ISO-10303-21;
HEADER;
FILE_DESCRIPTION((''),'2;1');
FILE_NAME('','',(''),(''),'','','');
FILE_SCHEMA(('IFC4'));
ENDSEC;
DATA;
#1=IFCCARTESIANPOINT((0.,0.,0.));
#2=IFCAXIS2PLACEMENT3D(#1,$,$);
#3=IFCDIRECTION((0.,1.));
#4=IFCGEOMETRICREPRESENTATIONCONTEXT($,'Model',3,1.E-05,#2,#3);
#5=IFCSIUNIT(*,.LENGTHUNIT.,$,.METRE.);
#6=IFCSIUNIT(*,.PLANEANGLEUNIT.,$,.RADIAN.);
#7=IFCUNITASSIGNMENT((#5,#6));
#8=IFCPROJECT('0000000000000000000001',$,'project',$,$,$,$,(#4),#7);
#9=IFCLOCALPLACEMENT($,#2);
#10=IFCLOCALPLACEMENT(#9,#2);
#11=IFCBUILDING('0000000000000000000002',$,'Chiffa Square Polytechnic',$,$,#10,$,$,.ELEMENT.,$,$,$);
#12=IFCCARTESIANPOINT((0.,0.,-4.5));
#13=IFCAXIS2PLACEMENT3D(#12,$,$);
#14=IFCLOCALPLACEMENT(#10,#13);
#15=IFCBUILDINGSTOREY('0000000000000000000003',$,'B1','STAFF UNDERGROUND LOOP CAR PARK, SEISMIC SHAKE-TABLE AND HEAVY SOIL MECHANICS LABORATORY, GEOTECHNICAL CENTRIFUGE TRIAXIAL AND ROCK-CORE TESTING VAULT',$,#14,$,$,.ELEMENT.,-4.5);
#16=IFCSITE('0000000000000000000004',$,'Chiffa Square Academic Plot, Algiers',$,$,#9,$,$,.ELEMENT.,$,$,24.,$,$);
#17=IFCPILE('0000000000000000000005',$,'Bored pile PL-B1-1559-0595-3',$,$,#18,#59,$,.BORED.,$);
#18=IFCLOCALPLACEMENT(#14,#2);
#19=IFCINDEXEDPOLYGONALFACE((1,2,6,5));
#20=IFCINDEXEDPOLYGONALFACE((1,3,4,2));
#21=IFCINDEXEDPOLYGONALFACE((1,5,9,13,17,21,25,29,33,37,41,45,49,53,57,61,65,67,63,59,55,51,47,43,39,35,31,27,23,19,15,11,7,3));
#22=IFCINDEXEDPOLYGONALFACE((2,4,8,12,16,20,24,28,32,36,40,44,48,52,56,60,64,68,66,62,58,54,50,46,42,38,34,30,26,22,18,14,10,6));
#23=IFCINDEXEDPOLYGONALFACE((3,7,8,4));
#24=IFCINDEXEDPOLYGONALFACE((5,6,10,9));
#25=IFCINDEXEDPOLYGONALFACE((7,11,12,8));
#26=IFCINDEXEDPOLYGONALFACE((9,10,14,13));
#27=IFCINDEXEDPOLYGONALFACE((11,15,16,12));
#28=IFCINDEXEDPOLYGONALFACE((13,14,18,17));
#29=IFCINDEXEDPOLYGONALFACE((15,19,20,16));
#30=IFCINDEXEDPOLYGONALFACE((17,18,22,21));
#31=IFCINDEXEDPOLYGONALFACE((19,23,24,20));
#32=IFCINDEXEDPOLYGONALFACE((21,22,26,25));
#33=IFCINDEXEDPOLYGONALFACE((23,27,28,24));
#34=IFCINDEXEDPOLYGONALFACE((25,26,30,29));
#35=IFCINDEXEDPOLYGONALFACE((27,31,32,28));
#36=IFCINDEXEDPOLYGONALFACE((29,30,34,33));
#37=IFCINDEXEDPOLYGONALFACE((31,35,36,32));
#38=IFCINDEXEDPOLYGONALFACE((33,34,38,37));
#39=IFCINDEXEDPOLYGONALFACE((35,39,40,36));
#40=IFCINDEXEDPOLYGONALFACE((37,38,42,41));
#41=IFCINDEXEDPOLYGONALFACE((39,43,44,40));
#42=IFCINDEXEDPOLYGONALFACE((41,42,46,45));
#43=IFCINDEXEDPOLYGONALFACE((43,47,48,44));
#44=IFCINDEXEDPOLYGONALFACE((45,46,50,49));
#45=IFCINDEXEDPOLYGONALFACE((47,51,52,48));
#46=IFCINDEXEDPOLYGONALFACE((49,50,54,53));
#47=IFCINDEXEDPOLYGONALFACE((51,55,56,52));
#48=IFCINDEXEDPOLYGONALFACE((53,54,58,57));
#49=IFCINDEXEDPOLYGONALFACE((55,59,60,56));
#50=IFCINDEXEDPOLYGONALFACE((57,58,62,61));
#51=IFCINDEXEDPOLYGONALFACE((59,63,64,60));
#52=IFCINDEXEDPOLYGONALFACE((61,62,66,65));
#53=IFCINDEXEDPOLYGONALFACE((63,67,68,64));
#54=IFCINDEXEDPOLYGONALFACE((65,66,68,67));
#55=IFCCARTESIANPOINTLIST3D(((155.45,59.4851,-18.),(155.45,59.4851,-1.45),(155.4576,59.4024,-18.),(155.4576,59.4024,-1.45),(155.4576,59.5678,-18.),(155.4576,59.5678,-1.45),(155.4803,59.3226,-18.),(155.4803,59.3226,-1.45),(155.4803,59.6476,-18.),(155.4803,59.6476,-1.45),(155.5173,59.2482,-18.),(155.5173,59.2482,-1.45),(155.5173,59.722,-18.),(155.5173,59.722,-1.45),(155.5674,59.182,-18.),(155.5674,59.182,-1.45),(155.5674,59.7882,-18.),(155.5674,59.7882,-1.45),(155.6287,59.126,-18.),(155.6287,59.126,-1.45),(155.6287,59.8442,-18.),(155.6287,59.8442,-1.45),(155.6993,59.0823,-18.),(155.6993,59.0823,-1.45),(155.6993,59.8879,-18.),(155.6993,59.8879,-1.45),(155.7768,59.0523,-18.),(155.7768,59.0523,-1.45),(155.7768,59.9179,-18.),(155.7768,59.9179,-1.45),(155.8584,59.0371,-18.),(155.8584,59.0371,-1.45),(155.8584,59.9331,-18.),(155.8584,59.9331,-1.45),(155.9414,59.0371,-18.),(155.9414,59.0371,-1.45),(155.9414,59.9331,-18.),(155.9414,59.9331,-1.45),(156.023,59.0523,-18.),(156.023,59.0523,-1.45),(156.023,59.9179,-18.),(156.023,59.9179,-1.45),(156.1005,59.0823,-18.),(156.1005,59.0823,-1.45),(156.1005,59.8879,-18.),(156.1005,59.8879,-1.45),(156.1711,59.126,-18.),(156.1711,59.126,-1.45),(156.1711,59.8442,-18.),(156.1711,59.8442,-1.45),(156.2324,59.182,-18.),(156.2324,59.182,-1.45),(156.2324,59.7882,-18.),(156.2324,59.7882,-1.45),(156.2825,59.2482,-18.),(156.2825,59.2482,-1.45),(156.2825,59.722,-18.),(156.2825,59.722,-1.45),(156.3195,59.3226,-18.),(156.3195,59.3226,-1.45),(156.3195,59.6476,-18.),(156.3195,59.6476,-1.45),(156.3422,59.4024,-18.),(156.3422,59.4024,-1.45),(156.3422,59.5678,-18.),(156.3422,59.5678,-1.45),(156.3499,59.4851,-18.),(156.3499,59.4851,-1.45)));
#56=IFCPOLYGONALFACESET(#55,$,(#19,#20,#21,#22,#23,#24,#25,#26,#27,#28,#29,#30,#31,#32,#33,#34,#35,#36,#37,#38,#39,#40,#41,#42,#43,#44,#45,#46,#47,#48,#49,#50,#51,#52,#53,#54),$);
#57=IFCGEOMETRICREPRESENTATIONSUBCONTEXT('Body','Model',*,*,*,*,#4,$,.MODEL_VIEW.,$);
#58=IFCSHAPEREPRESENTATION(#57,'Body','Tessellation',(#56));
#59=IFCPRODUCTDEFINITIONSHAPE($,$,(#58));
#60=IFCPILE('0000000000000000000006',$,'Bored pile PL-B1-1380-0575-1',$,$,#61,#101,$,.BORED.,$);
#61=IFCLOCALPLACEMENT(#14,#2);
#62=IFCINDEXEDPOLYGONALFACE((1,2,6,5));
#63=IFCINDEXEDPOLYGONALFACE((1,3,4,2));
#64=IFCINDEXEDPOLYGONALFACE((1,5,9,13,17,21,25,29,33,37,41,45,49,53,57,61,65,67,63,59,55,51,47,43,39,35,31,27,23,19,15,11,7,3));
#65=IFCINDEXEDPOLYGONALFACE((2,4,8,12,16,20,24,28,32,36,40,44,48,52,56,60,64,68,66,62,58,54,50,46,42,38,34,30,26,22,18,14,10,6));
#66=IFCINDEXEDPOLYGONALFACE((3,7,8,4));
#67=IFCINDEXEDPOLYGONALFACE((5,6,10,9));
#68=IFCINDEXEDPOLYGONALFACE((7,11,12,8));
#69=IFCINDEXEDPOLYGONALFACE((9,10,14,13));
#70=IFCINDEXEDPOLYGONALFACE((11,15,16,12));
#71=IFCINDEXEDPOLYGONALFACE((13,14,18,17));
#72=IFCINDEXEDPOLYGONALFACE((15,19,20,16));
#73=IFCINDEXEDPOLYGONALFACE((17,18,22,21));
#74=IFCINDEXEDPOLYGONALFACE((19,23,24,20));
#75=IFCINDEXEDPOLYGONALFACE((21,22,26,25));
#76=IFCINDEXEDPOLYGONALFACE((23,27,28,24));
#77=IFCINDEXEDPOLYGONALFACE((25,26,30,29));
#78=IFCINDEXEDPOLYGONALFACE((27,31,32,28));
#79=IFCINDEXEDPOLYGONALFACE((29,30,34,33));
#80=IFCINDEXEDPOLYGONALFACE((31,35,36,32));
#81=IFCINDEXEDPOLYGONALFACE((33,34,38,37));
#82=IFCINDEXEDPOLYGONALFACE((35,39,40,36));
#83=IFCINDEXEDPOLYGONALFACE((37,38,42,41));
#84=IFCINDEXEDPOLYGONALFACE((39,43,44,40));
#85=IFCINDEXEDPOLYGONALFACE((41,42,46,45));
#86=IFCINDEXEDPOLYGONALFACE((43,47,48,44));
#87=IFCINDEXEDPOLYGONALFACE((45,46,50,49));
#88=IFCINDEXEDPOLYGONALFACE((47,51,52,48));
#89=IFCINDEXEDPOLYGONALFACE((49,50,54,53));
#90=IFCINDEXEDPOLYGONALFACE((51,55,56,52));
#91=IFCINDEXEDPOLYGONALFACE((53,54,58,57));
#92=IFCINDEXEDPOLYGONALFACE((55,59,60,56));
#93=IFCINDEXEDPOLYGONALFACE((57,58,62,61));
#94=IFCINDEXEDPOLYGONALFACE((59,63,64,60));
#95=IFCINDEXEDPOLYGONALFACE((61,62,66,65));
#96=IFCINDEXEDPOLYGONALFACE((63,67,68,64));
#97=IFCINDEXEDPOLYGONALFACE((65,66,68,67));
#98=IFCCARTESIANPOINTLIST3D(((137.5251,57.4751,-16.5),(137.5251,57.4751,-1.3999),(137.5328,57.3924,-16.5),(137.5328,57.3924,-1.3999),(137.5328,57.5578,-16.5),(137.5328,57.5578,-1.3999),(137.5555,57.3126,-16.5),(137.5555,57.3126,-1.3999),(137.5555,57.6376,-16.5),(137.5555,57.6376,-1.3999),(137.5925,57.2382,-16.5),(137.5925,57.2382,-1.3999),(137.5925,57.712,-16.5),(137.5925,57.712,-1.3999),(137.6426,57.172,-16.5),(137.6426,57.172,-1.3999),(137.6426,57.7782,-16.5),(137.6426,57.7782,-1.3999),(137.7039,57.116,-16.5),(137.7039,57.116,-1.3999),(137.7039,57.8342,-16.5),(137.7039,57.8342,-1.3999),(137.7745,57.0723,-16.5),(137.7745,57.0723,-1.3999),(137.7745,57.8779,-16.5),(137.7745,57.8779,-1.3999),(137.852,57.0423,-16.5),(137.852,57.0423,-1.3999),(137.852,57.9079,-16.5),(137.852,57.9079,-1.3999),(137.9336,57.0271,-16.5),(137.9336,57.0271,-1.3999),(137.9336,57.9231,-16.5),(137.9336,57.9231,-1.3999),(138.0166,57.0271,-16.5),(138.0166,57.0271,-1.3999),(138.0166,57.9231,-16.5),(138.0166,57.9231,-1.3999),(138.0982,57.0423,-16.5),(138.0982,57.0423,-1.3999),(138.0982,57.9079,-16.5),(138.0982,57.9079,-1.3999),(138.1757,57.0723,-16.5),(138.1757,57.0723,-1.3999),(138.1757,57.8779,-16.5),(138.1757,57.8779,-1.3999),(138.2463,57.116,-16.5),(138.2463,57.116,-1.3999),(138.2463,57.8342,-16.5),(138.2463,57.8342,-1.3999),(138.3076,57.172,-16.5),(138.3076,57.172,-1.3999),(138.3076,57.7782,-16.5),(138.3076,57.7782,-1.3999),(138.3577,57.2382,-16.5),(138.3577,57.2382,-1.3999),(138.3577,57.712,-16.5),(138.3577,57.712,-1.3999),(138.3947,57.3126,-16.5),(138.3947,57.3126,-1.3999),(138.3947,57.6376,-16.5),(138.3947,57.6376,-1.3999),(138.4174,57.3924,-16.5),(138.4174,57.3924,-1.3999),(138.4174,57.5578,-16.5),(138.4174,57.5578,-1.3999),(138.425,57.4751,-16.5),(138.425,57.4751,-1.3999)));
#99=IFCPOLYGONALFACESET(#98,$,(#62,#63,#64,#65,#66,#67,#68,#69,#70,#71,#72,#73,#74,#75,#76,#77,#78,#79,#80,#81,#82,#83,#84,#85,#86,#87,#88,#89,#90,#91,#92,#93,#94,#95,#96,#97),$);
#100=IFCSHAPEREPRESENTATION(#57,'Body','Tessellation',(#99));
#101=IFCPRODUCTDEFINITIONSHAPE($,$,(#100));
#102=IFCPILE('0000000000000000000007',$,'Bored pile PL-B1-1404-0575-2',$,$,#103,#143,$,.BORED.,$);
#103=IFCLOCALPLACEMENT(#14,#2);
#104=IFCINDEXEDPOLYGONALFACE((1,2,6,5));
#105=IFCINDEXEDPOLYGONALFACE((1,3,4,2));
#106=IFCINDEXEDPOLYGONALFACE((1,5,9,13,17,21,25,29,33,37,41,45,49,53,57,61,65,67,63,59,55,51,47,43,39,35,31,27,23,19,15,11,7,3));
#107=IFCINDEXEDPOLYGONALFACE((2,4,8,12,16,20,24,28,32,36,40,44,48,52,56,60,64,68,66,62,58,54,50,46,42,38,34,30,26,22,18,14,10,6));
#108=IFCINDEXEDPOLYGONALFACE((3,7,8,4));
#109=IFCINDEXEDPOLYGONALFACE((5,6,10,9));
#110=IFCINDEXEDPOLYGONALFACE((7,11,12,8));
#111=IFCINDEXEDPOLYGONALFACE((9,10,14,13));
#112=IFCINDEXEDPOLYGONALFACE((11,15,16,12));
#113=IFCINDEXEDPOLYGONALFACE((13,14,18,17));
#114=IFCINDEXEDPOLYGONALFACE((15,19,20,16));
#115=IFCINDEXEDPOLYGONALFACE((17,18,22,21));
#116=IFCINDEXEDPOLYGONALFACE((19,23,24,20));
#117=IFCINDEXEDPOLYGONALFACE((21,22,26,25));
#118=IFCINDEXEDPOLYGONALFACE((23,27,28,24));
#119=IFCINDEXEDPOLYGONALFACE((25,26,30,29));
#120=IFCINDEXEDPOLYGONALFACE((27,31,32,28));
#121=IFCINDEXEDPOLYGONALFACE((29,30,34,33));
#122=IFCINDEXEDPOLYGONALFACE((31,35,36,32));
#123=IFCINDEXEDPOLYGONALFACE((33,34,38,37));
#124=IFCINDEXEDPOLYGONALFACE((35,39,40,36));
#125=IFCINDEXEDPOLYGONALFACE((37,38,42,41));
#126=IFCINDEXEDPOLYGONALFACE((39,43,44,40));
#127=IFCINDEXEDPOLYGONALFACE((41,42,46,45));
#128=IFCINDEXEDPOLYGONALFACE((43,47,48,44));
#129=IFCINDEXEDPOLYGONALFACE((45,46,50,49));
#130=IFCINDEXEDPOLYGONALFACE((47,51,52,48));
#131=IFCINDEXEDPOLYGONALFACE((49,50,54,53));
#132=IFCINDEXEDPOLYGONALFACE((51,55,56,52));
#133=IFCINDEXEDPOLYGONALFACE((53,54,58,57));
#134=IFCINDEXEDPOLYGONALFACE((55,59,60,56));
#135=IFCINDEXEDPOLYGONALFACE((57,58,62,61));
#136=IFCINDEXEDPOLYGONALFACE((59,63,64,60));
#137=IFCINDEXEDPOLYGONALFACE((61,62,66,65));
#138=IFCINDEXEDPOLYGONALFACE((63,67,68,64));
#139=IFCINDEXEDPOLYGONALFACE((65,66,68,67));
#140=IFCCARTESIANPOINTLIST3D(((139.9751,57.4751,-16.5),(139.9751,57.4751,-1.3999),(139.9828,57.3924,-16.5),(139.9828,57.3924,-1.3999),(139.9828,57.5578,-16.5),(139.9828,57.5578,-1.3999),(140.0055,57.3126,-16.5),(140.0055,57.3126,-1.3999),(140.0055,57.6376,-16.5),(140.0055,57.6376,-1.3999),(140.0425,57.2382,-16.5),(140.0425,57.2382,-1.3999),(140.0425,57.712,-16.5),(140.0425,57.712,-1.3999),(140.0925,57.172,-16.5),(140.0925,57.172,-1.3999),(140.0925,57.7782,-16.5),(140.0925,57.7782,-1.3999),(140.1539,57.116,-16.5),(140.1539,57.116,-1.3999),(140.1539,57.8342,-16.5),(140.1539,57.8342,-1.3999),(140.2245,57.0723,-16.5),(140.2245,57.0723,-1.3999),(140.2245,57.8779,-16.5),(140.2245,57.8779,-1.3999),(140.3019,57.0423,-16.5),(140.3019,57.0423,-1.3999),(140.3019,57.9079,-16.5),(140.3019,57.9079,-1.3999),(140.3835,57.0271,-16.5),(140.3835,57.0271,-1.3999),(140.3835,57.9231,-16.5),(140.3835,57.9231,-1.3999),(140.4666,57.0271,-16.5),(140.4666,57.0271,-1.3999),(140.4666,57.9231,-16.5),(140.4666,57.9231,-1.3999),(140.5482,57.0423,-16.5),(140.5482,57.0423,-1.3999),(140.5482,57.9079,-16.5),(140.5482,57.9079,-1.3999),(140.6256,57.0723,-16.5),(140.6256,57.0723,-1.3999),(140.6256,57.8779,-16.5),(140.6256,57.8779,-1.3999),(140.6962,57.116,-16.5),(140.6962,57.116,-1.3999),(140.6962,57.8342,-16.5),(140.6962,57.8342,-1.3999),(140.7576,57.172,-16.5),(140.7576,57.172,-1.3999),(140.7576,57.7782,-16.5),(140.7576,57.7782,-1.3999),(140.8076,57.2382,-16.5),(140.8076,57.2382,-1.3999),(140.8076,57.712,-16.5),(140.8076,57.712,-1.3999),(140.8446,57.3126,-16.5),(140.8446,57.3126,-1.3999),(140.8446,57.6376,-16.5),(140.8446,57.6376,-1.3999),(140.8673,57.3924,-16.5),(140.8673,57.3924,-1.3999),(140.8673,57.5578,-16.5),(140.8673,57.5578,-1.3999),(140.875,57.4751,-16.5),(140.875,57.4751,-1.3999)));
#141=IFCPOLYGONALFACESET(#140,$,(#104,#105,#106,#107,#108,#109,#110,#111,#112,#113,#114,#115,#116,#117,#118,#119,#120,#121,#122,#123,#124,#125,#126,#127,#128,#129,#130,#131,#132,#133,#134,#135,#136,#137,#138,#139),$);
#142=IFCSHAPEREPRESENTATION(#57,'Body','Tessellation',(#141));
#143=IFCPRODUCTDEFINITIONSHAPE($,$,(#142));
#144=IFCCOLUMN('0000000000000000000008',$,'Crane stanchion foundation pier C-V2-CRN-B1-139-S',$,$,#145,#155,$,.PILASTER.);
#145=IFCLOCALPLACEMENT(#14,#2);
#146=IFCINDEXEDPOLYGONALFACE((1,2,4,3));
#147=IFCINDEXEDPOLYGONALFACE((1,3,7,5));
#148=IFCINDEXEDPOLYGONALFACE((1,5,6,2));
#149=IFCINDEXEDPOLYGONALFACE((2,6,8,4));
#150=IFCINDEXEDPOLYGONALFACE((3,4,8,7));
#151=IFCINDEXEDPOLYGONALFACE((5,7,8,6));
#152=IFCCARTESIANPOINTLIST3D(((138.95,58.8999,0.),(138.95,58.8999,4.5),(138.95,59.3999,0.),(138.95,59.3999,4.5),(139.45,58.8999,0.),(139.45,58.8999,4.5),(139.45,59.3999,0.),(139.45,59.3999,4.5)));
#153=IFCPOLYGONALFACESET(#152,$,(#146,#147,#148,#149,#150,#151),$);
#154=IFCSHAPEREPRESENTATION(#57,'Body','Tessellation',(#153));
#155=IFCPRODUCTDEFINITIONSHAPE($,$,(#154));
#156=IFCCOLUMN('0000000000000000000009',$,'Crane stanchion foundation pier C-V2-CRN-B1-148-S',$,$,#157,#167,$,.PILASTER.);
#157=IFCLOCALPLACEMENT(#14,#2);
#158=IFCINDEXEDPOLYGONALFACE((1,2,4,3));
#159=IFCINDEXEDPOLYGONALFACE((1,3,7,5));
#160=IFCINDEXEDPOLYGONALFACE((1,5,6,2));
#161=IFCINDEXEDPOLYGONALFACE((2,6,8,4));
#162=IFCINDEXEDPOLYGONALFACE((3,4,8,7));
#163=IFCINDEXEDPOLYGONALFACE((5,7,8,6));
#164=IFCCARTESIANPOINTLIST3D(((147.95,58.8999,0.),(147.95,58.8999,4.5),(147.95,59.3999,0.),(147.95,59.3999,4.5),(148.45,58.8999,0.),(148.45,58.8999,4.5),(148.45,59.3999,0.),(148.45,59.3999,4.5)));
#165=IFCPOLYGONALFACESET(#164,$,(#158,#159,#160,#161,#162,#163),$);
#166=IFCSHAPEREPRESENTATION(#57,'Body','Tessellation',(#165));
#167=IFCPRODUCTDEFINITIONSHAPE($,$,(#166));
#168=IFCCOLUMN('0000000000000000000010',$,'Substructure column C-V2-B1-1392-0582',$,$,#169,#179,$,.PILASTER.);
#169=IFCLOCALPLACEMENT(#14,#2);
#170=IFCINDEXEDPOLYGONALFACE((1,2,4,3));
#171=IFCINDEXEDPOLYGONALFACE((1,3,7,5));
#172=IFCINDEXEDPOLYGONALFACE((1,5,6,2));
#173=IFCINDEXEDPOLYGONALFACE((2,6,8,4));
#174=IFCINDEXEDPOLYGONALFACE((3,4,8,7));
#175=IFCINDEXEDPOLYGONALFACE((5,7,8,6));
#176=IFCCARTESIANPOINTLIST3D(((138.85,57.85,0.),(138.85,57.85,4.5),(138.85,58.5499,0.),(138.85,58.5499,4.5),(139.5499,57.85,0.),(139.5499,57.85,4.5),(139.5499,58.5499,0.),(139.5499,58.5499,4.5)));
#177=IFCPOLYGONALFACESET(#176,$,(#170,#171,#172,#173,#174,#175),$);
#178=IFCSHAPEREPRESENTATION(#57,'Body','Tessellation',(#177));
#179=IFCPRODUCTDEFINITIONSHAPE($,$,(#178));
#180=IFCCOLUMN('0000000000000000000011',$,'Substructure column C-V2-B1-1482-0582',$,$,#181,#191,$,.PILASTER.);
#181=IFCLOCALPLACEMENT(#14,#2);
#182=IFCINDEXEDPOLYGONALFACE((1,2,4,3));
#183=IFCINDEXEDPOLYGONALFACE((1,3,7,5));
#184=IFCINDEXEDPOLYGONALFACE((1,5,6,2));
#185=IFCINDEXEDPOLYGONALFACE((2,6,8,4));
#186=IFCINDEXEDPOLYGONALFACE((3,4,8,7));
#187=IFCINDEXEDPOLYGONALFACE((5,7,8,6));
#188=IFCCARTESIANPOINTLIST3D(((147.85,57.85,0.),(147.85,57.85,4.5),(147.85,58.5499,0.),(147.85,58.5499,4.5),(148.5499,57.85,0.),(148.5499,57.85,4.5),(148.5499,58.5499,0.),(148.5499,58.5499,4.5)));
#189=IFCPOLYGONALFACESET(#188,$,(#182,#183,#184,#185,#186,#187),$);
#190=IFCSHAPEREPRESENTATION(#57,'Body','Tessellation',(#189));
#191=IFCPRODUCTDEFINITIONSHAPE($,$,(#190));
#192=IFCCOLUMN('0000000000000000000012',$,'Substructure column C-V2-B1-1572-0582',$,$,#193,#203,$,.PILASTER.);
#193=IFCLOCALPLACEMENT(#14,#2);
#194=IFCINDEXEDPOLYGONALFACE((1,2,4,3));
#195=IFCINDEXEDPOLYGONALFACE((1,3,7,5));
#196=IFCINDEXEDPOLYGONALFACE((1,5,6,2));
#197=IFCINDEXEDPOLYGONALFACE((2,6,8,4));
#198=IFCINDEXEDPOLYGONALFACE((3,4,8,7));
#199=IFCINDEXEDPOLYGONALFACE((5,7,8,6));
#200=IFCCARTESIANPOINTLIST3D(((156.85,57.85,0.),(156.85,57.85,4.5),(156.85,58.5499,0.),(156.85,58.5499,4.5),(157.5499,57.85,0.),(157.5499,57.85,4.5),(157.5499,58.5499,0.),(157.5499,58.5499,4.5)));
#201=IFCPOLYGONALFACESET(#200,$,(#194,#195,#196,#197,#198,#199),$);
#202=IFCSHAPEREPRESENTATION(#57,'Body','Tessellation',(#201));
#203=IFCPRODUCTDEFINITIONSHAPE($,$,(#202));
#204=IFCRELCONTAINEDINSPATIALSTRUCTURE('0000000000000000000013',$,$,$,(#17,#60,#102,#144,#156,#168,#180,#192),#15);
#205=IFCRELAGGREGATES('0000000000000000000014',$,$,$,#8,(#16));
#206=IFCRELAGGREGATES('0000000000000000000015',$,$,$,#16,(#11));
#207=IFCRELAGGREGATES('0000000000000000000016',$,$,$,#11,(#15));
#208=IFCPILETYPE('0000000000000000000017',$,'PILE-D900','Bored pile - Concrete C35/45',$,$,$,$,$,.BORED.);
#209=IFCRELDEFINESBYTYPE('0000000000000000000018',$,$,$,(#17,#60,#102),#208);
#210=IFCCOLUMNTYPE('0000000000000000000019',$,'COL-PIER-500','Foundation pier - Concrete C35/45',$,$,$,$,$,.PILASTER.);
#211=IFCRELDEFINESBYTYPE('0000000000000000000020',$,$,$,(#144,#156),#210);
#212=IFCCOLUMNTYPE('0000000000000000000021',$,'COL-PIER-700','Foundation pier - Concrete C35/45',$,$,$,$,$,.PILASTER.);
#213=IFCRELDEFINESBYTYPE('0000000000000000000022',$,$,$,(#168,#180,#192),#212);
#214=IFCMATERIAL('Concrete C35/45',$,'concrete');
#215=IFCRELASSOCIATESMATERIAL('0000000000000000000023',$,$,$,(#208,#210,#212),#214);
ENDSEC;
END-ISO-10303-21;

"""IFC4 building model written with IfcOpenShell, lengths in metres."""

from ifc_helpers import new_model, si_unit, direction, frame, origin, origin_2d, place, context, subcontext, project, spatial, rectangle, circle, extrude, material, material_profile, profile_set, type_object, element, save


model = new_model("IFC4")

# Units and contexts
model_context = context("Model", 3, precision=1e-05, world=origin(), true_north=direction((0.0, 1.0)))
body_context = subcontext(model_context, "Body", "Model", "MODEL_VIEW")
ifc_project = project(units=[si_unit("LENGTHUNIT", "METRE"), si_unit("PLANEANGLEUNIT", "RADIAN")], contexts=[model_context])

# Site, building, storey
site_placement = place(None, origin())
site = spatial("IfcSite", under=ifc_project, at=site_placement, Name="Chiffa Square Academic Plot, Algiers", CompositionType="ELEMENT", RefElevation=24.0)
building_placement = place(site_placement, origin())
building = spatial("IfcBuilding", under=site, at=building_placement, Name="Chiffa Square Polytechnic", CompositionType="ELEMENT")
storey_placement = place(building_placement, frame((0.0, 0.0, -4.5)))
storey = spatial("IfcBuildingStorey", under=building, at=storey_placement, Name="B1", Description="STAFF UNDERGROUND LOOP CAR PARK, SEISMIC SHAKE-TABLE AND HEAVY SOIL MECHANICS LABORATORY, GEOTECHNICAL CENTRIFUGE TRIAXIAL AND ROCK-CORE TESTING VAULT", CompositionType="ELEMENT", Elevation=-4.5)

# Shared definitions
ifc_material_1 = material(Name="Concrete C35/45", Category="concrete")

# Piles
ifc_material_profile_1 = material_profile(ifc_material_1, circle(Radius=0.45, at=origin_2d()), Name="PILE D900")
ifc_profile_set_1 = profile_set([ifc_material_profile_1], Name="Concrete C35/45")
pile_type = type_object("IfcPileType", Name="PILE-D900", Description="Bored pile - Concrete C35/45", PredefinedType="BORED", material=ifc_profile_set_1)
for number, where, z_axis, x_axis, name in (
    (1, (155.8999, 59.4851, -1.45), (0.0, 0.0, -1.0), (1.0, 0.0, 0.0), "Bored pile PL-B1-1559-0595-3"),
):
    element("IfcPile", number, at=place(storey_placement, frame(where, z_axis=z_axis, x_axis=x_axis)), inside=storey, type_object=pile_type, Name=name, PredefinedType="BORED", context=body_context, shape_type="SweptSolid", body=[
        extrude(circle(Radius=0.45, at=origin_2d()), origin(), (0.0, 0.0, 1.0), 16.55),
    ])
for number, where, z_axis, x_axis, name in (
    (2, (137.9751, 57.4751, -1.3999), (0.0, 0.0, -1.0), (1.0, 0.0, 0.0), "Bored pile PL-B1-1380-0575-1"),
    (3, (140.425, 57.4751, -1.3999), (0.0, 0.0, -1.0), (1.0, 0.0, 0.0), "Bored pile PL-B1-1404-0575-2"),
):
    element("IfcPile", number, at=place(storey_placement, frame(where, z_axis=z_axis, x_axis=x_axis)), inside=storey, type_object=pile_type, Name=name, PredefinedType="BORED", context=body_context, shape_type="SweptSolid", body=[
        extrude(circle(Radius=0.45, at=origin_2d()), origin(), (0.0, 0.0, 1.0), 15.1001),
    ])

# Columns
ifc_material_profile_2 = material_profile(ifc_material_1, rectangle(XDim=0.5, YDim=0.5, at=origin_2d()), Name="RC 500x500")
ifc_profile_set_2 = profile_set([ifc_material_profile_2], Name="Concrete C35/45")
column_type_1 = type_object("IfcColumnType", Name="COL-PIER-500", Description="Foundation pier - Concrete C35/45", PredefinedType="PILASTER", material=ifc_profile_set_2)
for number, where, z_axis, x_axis, name in (
    (4, (139.2, 59.1499, 0.0), (0.0, 0.0, 1.0), (1.0, 0.0, 0.0), "Crane stanchion foundation pier C-V2-CRN-B1-139-S"),
    (5, (148.2, 59.1499, 0.0), (0.0, 0.0, 1.0), (1.0, 0.0, 0.0), "Crane stanchion foundation pier C-V2-CRN-B1-148-S"),
):
    element("IfcColumn", number, at=place(storey_placement, frame(where, z_axis=z_axis, x_axis=x_axis)), inside=storey, type_object=column_type_1, Name=name, PredefinedType="PILASTER", context=body_context, shape_type="SweptSolid", body=[
        extrude(rectangle(XDim=0.5, YDim=0.5, at=origin_2d()), origin(), (0.0, 0.0, 1.0), 4.5),
    ])
ifc_material_profile_3 = material_profile(ifc_material_1, rectangle(XDim=0.7, YDim=0.7, at=origin_2d()), Name="RC 700x700")
ifc_profile_set_3 = profile_set([ifc_material_profile_3], Name="Concrete C35/45")
column_type_2 = type_object("IfcColumnType", Name="COL-PIER-700", Description="Foundation pier - Concrete C35/45", PredefinedType="PILASTER", material=ifc_profile_set_3)
for number, where, z_axis, x_axis, name in (
    (6, (139.2, 58.2, 0.0), (0.0, 0.0, 1.0), (1.0, 0.0, 0.0), "Substructure column C-V2-B1-1392-0582"),
    (7, (148.2, 58.2, 0.0), (0.0, 0.0, 1.0), (1.0, 0.0, 0.0), "Substructure column C-V2-B1-1482-0582"),
    (8, (157.2, 58.2, 0.0), (0.0, 0.0, 1.0), (1.0, 0.0, 0.0), "Substructure column C-V2-B1-1572-0582"),
):
    element("IfcColumn", number, at=place(storey_placement, frame(where, z_axis=z_axis, x_axis=x_axis)), inside=storey, type_object=column_type_2, Name=name, PredefinedType="PILASTER", context=body_context, shape_type="SweptSolid", body=[
        extrude(rectangle(XDim=0.7, YDim=0.7, at=origin_2d()), origin(), (0.0, 0.0, 1.0), 4.5),
    ])

save(model, "model.ifc")
